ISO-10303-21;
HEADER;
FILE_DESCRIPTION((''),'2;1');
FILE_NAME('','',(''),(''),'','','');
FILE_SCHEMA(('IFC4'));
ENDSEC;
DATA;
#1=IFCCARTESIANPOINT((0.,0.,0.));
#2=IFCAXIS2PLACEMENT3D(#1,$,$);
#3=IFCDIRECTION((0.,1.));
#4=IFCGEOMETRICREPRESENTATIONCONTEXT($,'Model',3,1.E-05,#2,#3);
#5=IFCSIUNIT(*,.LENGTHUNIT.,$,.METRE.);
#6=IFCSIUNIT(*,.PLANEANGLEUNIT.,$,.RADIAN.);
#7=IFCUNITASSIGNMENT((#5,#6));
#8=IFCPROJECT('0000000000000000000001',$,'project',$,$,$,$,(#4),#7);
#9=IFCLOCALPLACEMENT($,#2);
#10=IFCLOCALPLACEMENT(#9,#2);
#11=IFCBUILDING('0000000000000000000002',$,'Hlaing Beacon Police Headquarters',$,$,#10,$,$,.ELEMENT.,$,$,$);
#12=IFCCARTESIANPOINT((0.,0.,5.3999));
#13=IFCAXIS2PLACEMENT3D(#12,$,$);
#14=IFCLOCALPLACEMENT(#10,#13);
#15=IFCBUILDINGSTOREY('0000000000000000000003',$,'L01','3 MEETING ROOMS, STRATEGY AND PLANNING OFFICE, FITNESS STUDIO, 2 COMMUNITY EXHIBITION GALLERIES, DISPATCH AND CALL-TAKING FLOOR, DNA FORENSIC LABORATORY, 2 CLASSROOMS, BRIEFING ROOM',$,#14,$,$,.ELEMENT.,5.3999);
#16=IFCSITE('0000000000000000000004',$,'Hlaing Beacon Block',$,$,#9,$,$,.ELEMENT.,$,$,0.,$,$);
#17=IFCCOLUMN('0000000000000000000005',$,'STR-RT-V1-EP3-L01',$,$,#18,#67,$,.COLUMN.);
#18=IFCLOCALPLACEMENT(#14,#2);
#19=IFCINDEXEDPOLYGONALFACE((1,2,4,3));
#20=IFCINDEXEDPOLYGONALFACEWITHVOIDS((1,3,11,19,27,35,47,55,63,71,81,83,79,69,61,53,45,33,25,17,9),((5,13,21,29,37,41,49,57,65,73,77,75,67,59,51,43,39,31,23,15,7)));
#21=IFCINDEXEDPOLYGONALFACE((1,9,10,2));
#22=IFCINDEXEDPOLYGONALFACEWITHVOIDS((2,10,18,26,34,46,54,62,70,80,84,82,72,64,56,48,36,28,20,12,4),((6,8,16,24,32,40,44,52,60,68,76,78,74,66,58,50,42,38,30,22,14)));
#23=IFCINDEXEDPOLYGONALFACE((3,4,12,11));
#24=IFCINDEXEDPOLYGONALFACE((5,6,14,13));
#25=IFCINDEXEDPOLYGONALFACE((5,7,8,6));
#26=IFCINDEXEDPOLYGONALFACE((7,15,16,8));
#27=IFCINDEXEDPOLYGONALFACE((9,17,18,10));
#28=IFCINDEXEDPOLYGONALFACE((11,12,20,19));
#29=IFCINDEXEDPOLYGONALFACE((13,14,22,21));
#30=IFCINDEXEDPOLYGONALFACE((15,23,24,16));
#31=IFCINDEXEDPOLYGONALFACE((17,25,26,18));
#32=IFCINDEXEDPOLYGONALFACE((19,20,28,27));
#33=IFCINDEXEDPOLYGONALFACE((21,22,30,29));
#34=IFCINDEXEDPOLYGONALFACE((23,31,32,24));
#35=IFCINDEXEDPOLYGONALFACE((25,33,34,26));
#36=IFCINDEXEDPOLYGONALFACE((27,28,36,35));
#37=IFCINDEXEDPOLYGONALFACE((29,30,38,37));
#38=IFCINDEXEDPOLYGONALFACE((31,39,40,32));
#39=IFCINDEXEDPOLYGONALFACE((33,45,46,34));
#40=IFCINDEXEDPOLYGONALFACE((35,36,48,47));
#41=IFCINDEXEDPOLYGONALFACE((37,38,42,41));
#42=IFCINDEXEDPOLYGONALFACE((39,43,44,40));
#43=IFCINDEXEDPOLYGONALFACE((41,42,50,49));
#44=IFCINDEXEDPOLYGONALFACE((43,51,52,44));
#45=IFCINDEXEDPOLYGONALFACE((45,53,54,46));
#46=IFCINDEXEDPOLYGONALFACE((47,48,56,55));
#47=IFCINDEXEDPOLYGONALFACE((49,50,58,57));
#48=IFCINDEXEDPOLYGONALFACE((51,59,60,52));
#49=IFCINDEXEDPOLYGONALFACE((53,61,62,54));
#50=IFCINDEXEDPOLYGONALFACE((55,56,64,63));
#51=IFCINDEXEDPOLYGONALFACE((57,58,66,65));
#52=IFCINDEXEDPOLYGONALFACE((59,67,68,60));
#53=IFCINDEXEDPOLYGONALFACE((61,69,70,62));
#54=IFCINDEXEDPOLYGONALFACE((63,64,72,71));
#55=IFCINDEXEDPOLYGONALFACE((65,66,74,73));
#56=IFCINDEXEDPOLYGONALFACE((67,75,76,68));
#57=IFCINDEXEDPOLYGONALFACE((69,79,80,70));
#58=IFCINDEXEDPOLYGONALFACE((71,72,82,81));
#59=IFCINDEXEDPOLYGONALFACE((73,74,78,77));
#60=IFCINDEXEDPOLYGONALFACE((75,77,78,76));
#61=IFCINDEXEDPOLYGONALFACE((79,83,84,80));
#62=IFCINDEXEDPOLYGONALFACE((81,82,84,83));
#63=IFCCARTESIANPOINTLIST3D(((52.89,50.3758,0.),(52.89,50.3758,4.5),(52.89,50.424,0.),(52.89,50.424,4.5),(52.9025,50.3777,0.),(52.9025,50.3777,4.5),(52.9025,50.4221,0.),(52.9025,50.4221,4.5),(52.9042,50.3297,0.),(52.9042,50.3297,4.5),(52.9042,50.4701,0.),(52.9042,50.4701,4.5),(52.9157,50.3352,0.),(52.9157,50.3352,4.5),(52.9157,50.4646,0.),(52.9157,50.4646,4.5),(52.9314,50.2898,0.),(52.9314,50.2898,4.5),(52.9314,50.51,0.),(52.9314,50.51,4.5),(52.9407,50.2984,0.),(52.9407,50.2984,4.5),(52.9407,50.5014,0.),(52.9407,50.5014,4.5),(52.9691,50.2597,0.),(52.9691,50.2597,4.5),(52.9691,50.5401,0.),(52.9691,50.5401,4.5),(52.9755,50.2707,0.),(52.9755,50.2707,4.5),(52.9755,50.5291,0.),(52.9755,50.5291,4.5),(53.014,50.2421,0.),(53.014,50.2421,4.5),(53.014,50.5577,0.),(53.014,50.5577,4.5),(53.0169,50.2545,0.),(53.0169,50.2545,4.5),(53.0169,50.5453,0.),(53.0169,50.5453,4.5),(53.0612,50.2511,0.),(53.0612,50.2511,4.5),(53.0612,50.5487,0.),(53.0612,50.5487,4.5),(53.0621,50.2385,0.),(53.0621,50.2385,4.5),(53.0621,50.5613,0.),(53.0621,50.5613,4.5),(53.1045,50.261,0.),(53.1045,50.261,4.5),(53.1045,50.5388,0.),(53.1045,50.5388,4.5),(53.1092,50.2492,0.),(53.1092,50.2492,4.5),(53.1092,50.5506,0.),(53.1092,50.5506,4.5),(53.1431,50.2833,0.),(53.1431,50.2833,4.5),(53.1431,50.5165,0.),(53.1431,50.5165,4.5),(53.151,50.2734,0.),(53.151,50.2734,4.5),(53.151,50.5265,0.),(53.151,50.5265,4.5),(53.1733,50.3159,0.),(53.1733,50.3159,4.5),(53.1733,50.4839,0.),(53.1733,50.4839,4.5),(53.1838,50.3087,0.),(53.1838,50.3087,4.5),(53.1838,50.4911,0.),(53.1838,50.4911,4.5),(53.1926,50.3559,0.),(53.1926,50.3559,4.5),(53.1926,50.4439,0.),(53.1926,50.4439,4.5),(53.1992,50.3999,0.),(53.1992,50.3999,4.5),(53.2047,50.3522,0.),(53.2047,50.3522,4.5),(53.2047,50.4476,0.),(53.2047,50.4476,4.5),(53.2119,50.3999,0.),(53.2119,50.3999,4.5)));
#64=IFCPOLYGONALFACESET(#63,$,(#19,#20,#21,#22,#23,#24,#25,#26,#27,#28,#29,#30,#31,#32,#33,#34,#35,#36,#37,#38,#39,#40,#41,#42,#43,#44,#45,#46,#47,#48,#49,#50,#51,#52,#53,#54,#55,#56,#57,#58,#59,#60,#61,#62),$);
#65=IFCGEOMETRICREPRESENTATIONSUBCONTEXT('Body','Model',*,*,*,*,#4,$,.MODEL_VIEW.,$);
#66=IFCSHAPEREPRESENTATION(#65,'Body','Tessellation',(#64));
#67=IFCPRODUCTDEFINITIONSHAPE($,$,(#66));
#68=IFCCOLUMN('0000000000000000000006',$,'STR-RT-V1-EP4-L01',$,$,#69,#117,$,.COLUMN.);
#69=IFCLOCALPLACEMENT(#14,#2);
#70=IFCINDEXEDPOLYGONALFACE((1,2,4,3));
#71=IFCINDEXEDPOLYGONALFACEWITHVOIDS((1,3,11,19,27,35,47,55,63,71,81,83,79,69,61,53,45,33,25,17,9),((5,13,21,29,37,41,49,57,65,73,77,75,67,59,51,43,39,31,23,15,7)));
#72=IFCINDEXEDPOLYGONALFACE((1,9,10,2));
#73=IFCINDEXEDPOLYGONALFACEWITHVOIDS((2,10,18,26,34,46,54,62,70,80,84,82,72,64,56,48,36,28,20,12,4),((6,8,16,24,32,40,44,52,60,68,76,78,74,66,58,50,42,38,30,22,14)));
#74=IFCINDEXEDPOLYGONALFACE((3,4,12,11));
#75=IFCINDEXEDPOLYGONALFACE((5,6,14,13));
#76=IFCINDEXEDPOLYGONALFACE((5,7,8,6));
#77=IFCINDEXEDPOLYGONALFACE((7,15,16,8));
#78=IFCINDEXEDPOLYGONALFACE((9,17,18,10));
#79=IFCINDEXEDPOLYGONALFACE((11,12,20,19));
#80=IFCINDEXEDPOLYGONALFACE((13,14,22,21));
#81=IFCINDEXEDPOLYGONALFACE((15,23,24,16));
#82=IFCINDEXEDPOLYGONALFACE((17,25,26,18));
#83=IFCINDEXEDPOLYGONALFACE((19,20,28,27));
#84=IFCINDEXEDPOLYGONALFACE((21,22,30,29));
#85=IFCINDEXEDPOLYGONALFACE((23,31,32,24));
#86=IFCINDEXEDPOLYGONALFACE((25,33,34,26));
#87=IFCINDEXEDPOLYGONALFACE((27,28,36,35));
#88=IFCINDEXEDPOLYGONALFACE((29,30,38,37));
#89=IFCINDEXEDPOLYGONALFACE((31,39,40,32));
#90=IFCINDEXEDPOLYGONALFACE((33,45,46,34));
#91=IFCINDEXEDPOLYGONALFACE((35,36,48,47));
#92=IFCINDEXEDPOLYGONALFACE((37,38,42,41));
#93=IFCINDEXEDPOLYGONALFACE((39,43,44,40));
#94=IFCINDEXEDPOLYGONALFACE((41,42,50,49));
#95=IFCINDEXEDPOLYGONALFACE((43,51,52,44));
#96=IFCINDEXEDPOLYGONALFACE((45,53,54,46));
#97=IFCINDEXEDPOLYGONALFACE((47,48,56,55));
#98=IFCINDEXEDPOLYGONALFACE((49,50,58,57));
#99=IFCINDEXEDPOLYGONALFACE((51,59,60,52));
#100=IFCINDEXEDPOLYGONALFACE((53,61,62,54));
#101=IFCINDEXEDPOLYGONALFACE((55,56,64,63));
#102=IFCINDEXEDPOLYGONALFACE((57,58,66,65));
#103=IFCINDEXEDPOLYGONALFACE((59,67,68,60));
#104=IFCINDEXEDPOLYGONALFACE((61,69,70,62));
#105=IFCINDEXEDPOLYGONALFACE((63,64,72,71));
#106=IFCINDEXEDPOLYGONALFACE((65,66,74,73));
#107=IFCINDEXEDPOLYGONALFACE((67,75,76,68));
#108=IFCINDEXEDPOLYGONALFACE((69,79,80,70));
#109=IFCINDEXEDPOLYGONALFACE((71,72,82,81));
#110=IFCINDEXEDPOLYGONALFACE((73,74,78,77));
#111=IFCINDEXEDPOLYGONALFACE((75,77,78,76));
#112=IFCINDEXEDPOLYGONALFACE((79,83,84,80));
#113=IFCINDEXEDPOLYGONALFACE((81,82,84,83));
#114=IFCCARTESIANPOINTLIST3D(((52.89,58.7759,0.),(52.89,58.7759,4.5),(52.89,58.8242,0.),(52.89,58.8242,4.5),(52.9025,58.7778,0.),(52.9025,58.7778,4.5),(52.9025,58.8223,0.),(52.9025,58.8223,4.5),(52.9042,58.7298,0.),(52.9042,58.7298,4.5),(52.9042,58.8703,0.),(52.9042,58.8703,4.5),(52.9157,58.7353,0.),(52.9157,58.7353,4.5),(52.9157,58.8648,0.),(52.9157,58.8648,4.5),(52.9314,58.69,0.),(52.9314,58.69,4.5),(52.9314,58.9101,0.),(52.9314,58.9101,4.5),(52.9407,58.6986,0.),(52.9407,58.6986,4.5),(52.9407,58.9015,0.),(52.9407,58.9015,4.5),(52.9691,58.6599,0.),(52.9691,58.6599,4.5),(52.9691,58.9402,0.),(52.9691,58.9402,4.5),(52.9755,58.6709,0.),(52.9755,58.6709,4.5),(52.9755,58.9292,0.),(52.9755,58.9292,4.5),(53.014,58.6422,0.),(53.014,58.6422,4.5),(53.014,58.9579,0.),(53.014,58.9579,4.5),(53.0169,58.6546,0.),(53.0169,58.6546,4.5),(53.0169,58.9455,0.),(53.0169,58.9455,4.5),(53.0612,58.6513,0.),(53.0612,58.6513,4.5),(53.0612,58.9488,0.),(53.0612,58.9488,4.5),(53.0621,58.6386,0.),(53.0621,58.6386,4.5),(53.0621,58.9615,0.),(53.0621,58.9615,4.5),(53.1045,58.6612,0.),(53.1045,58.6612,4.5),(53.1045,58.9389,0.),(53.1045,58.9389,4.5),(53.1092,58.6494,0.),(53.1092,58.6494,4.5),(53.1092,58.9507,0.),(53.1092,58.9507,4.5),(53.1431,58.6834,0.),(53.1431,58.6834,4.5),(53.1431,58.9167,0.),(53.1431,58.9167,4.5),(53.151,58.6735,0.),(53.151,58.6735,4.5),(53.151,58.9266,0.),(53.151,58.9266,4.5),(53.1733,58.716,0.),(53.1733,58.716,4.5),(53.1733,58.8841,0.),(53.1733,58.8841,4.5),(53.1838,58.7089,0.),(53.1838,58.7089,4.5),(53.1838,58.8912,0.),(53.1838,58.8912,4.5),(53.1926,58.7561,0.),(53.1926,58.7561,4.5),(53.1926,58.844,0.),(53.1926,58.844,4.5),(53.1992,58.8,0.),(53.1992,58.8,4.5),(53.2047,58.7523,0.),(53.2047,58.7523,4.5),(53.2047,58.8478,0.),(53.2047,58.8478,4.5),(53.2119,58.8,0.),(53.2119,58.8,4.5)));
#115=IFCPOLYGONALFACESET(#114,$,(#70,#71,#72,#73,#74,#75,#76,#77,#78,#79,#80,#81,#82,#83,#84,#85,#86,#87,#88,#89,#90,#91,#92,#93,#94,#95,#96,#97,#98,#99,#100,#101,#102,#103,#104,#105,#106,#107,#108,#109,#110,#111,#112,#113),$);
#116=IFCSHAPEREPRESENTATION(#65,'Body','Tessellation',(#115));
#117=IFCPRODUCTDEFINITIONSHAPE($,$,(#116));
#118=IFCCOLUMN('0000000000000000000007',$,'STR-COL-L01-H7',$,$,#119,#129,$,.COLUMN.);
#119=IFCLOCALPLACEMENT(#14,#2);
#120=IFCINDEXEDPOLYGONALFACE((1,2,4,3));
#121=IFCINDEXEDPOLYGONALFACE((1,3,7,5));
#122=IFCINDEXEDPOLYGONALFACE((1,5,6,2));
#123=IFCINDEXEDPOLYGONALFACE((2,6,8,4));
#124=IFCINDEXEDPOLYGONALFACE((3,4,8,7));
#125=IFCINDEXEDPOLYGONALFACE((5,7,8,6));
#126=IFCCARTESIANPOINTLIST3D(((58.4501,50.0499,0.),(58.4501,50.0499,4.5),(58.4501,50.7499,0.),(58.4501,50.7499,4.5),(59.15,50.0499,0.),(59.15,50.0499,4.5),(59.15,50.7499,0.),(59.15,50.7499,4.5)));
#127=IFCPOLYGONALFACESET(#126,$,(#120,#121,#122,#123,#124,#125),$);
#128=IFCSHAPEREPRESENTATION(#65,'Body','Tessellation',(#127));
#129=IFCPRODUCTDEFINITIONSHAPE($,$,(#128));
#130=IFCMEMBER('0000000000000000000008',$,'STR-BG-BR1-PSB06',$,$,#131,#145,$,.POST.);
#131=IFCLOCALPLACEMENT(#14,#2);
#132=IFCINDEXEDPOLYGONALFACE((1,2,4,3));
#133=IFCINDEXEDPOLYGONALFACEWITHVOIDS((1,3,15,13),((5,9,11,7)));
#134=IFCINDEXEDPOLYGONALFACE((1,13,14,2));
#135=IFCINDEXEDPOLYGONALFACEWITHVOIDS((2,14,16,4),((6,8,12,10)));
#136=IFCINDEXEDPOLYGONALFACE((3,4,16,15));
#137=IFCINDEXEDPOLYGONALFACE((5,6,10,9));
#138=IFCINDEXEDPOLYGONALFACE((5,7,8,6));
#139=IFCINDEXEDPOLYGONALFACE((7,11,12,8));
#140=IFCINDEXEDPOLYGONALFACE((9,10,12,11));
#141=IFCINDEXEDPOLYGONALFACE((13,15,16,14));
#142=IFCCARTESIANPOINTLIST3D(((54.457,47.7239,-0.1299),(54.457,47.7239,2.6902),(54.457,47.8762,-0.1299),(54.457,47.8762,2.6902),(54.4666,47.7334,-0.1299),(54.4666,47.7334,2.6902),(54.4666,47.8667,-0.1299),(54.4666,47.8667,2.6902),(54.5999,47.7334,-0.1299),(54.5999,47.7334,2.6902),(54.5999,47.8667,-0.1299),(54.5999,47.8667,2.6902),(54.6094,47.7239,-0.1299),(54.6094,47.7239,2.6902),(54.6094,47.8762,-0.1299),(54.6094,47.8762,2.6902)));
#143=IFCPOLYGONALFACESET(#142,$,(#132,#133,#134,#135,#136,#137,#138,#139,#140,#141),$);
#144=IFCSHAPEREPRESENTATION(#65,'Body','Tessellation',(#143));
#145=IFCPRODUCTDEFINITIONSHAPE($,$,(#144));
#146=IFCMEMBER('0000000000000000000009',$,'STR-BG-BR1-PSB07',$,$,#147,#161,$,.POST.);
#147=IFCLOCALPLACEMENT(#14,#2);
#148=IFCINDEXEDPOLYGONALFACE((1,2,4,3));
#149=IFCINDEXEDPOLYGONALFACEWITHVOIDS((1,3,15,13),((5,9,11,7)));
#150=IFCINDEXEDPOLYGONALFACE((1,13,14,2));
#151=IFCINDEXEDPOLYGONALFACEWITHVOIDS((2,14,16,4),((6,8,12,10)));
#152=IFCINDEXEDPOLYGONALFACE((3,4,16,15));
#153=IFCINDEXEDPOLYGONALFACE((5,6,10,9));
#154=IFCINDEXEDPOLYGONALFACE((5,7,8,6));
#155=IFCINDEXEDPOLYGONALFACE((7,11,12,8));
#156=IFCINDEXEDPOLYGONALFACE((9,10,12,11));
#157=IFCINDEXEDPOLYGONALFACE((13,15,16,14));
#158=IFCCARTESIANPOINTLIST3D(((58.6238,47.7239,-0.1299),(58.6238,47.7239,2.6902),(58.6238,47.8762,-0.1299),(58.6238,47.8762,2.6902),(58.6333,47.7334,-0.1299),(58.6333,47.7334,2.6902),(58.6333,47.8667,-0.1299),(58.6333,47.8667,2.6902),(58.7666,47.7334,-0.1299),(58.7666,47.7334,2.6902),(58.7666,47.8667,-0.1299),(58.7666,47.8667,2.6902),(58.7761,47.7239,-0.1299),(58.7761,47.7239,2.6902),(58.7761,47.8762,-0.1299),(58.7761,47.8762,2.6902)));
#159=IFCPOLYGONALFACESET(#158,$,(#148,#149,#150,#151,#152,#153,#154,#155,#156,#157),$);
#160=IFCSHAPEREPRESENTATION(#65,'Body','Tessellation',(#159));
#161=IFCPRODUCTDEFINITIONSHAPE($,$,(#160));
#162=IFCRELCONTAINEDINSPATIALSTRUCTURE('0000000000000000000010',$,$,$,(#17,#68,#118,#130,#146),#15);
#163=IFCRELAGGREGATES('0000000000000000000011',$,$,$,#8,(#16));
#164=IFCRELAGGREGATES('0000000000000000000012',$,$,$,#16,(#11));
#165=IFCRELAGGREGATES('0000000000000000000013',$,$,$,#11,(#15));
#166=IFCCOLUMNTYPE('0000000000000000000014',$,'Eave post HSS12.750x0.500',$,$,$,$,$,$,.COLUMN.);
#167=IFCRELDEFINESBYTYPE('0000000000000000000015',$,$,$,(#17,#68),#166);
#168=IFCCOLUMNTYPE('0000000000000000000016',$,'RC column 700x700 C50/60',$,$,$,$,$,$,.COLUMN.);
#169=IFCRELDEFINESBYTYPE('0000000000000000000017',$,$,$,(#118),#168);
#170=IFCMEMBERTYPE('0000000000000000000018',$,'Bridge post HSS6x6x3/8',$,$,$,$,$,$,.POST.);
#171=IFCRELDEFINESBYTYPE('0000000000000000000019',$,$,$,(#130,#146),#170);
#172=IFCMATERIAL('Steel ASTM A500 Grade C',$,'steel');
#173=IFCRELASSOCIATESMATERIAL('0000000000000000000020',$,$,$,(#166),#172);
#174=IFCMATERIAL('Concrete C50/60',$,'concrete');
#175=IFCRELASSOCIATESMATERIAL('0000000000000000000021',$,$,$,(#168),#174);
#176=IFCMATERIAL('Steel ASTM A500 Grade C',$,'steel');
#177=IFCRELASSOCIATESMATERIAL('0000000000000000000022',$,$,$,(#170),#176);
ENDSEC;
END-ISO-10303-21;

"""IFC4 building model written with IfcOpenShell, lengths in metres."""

from ifc_helpers import new_model, si_unit, direction, frame, origin, origin_2d, place, context, subcontext, project, spatial, rectangle, hollow_rectangle, hollow_circle, extrude, material, material_profile, profile_set, type_object, element, save


model = new_model("IFC4")

# Units and contexts
model_context = context("Model", 3, precision=1e-05, world=origin(), true_north=direction((0.0, 1.0)))
body_context = subcontext(model_context, "Body", "Model", "MODEL_VIEW")
ifc_project = project(units=[si_unit("LENGTHUNIT", "METRE"), si_unit("PLANEANGLEUNIT", "RADIAN")], contexts=[model_context])

# Site, building, storey
site_placement = place(None, origin())
site = spatial("IfcSite", under=ifc_project, at=site_placement, Name="Hlaing Beacon Block", CompositionType="ELEMENT", RefElevation=0.0)
building_placement = place(site_placement, origin())
building = spatial("IfcBuilding", under=site, at=building_placement, Name="Hlaing Beacon Police Headquarters", CompositionType="ELEMENT")
storey_placement = place(building_placement, frame((0.0, 0.0, 5.3999)))
storey = spatial("IfcBuildingStorey", under=building, at=storey_placement, Name="L01", Description="3 MEETING ROOMS, STRATEGY AND PLANNING OFFICE, FITNESS STUDIO, 2 COMMUNITY EXHIBITION GALLERIES, DISPATCH AND CALL-TAKING FLOOR, DNA FORENSIC LABORATORY, 2 CLASSROOMS, BRIEFING ROOM", CompositionType="ELEMENT", Elevation=5.3999)

# Columns
ifc_material_1 = material(Name="Steel ASTM A500 Grade C", Category="steel")
ifc_material_profile_1 = material_profile(ifc_material_1, hollow_circle(Radius=0.1619, WallThickness=0.0127, at=origin_2d()), Name="HSS12.750x0.500")
ifc_profile_set_1 = profile_set([ifc_material_profile_1], Name="Steel ASTM A500 Grade C")
column_type_1 = type_object("IfcColumnType", Name="Eave post HSS12.750x0.500", PredefinedType="COLUMN", material=ifc_profile_set_1)
for number, where, z_axis, x_axis, name in (
    (1, (53.05, 50.3999, 0.0), (0.0, 0.0, 1.0), (1.0, 0.0, 0.0), "STR-RT-V1-EP3-L01"),
    (2, (53.05, 58.8, 0.0), (0.0, 0.0, 1.0), (1.0, 0.0, 0.0), "STR-RT-V1-EP4-L01"),
):
    element("IfcColumn", number, at=place(storey_placement, frame(where, z_axis=z_axis, x_axis=x_axis)), inside=storey, type_object=column_type_1, Name=name, PredefinedType="COLUMN", context=body_context, shape_type="SweptSolid", body=[
        extrude(hollow_circle(Radius=0.1619, WallThickness=0.0127, at=origin_2d()), origin(), (0.0, 0.0, 1.0), 4.5),
    ])
ifc_material_2 = material(Name="Concrete C50/60", Category="concrete")
ifc_material_profile_2 = material_profile(ifc_material_2, rectangle(XDim=0.7, YDim=0.7, at=origin_2d()), Name="700x700")
ifc_profile_set_2 = profile_set([ifc_material_profile_2], Name="Concrete C50/60")
column_type_2 = type_object("IfcColumnType", Name="RC column 700x700 C50/60", PredefinedType="COLUMN", material=ifc_profile_set_2)
column_placement = place(storey_placement, frame((58.8, 50.3999, 0.0), z_axis=(0.0, 0.0, 1.0), x_axis=(1.0, 0.0, 0.0)))
element("IfcColumn", 3, at=column_placement, inside=storey, type_object=column_type_2, Name="STR-COL-L01-H7", PredefinedType="COLUMN", context=body_context, shape_type="SweptSolid", body=[
    extrude(rectangle(XDim=0.7, YDim=0.7, at=origin_2d()), origin(), (0.0, 0.0, 1.0), 4.5),
])

# Members
ifc_material_3 = material(Name="Steel ASTM A500 Grade C", Category="steel")
ifc_material_profile_3 = material_profile(ifc_material_3, hollow_rectangle(XDim=0.1523, YDim=0.1523, WallThickness=0.0095, at=origin_2d()), Name="HSS6x6x3/8")
ifc_profile_set_3 = profile_set([ifc_material_profile_3], Name="Steel ASTM A500 Grade C")
member_type_1 = type_object("IfcMemberType", Name="Bridge post HSS6x6x3/8", PredefinedType="POST", material=ifc_profile_set_3)
for number, where, z_axis, x_axis, name in (
    (4, (54.5332, 47.8, -0.1299), (0.0, 0.0, 1.0), (1.0, 0.0, 0.0), "STR-BG-BR1-PSB06"),
    (5, (58.7, 47.8, -0.1299), (0.0, 0.0, 1.0), (1.0, 0.0, 0.0), "STR-BG-BR1-PSB07"),
):
    element("IfcMember", number, at=place(storey_placement, frame(where, z_axis=z_axis, x_axis=x_axis)), inside=storey, type_object=member_type_1, Name=name, PredefinedType="POST", context=body_context, shape_type="SweptSolid", body=[
        extrude(hollow_rectangle(XDim=0.1523, YDim=0.1523, WallThickness=0.0095, at=origin_2d()), origin(), (0.0, 0.0, 1.0), 2.8201),
    ])

save(model, "model.ifc")
